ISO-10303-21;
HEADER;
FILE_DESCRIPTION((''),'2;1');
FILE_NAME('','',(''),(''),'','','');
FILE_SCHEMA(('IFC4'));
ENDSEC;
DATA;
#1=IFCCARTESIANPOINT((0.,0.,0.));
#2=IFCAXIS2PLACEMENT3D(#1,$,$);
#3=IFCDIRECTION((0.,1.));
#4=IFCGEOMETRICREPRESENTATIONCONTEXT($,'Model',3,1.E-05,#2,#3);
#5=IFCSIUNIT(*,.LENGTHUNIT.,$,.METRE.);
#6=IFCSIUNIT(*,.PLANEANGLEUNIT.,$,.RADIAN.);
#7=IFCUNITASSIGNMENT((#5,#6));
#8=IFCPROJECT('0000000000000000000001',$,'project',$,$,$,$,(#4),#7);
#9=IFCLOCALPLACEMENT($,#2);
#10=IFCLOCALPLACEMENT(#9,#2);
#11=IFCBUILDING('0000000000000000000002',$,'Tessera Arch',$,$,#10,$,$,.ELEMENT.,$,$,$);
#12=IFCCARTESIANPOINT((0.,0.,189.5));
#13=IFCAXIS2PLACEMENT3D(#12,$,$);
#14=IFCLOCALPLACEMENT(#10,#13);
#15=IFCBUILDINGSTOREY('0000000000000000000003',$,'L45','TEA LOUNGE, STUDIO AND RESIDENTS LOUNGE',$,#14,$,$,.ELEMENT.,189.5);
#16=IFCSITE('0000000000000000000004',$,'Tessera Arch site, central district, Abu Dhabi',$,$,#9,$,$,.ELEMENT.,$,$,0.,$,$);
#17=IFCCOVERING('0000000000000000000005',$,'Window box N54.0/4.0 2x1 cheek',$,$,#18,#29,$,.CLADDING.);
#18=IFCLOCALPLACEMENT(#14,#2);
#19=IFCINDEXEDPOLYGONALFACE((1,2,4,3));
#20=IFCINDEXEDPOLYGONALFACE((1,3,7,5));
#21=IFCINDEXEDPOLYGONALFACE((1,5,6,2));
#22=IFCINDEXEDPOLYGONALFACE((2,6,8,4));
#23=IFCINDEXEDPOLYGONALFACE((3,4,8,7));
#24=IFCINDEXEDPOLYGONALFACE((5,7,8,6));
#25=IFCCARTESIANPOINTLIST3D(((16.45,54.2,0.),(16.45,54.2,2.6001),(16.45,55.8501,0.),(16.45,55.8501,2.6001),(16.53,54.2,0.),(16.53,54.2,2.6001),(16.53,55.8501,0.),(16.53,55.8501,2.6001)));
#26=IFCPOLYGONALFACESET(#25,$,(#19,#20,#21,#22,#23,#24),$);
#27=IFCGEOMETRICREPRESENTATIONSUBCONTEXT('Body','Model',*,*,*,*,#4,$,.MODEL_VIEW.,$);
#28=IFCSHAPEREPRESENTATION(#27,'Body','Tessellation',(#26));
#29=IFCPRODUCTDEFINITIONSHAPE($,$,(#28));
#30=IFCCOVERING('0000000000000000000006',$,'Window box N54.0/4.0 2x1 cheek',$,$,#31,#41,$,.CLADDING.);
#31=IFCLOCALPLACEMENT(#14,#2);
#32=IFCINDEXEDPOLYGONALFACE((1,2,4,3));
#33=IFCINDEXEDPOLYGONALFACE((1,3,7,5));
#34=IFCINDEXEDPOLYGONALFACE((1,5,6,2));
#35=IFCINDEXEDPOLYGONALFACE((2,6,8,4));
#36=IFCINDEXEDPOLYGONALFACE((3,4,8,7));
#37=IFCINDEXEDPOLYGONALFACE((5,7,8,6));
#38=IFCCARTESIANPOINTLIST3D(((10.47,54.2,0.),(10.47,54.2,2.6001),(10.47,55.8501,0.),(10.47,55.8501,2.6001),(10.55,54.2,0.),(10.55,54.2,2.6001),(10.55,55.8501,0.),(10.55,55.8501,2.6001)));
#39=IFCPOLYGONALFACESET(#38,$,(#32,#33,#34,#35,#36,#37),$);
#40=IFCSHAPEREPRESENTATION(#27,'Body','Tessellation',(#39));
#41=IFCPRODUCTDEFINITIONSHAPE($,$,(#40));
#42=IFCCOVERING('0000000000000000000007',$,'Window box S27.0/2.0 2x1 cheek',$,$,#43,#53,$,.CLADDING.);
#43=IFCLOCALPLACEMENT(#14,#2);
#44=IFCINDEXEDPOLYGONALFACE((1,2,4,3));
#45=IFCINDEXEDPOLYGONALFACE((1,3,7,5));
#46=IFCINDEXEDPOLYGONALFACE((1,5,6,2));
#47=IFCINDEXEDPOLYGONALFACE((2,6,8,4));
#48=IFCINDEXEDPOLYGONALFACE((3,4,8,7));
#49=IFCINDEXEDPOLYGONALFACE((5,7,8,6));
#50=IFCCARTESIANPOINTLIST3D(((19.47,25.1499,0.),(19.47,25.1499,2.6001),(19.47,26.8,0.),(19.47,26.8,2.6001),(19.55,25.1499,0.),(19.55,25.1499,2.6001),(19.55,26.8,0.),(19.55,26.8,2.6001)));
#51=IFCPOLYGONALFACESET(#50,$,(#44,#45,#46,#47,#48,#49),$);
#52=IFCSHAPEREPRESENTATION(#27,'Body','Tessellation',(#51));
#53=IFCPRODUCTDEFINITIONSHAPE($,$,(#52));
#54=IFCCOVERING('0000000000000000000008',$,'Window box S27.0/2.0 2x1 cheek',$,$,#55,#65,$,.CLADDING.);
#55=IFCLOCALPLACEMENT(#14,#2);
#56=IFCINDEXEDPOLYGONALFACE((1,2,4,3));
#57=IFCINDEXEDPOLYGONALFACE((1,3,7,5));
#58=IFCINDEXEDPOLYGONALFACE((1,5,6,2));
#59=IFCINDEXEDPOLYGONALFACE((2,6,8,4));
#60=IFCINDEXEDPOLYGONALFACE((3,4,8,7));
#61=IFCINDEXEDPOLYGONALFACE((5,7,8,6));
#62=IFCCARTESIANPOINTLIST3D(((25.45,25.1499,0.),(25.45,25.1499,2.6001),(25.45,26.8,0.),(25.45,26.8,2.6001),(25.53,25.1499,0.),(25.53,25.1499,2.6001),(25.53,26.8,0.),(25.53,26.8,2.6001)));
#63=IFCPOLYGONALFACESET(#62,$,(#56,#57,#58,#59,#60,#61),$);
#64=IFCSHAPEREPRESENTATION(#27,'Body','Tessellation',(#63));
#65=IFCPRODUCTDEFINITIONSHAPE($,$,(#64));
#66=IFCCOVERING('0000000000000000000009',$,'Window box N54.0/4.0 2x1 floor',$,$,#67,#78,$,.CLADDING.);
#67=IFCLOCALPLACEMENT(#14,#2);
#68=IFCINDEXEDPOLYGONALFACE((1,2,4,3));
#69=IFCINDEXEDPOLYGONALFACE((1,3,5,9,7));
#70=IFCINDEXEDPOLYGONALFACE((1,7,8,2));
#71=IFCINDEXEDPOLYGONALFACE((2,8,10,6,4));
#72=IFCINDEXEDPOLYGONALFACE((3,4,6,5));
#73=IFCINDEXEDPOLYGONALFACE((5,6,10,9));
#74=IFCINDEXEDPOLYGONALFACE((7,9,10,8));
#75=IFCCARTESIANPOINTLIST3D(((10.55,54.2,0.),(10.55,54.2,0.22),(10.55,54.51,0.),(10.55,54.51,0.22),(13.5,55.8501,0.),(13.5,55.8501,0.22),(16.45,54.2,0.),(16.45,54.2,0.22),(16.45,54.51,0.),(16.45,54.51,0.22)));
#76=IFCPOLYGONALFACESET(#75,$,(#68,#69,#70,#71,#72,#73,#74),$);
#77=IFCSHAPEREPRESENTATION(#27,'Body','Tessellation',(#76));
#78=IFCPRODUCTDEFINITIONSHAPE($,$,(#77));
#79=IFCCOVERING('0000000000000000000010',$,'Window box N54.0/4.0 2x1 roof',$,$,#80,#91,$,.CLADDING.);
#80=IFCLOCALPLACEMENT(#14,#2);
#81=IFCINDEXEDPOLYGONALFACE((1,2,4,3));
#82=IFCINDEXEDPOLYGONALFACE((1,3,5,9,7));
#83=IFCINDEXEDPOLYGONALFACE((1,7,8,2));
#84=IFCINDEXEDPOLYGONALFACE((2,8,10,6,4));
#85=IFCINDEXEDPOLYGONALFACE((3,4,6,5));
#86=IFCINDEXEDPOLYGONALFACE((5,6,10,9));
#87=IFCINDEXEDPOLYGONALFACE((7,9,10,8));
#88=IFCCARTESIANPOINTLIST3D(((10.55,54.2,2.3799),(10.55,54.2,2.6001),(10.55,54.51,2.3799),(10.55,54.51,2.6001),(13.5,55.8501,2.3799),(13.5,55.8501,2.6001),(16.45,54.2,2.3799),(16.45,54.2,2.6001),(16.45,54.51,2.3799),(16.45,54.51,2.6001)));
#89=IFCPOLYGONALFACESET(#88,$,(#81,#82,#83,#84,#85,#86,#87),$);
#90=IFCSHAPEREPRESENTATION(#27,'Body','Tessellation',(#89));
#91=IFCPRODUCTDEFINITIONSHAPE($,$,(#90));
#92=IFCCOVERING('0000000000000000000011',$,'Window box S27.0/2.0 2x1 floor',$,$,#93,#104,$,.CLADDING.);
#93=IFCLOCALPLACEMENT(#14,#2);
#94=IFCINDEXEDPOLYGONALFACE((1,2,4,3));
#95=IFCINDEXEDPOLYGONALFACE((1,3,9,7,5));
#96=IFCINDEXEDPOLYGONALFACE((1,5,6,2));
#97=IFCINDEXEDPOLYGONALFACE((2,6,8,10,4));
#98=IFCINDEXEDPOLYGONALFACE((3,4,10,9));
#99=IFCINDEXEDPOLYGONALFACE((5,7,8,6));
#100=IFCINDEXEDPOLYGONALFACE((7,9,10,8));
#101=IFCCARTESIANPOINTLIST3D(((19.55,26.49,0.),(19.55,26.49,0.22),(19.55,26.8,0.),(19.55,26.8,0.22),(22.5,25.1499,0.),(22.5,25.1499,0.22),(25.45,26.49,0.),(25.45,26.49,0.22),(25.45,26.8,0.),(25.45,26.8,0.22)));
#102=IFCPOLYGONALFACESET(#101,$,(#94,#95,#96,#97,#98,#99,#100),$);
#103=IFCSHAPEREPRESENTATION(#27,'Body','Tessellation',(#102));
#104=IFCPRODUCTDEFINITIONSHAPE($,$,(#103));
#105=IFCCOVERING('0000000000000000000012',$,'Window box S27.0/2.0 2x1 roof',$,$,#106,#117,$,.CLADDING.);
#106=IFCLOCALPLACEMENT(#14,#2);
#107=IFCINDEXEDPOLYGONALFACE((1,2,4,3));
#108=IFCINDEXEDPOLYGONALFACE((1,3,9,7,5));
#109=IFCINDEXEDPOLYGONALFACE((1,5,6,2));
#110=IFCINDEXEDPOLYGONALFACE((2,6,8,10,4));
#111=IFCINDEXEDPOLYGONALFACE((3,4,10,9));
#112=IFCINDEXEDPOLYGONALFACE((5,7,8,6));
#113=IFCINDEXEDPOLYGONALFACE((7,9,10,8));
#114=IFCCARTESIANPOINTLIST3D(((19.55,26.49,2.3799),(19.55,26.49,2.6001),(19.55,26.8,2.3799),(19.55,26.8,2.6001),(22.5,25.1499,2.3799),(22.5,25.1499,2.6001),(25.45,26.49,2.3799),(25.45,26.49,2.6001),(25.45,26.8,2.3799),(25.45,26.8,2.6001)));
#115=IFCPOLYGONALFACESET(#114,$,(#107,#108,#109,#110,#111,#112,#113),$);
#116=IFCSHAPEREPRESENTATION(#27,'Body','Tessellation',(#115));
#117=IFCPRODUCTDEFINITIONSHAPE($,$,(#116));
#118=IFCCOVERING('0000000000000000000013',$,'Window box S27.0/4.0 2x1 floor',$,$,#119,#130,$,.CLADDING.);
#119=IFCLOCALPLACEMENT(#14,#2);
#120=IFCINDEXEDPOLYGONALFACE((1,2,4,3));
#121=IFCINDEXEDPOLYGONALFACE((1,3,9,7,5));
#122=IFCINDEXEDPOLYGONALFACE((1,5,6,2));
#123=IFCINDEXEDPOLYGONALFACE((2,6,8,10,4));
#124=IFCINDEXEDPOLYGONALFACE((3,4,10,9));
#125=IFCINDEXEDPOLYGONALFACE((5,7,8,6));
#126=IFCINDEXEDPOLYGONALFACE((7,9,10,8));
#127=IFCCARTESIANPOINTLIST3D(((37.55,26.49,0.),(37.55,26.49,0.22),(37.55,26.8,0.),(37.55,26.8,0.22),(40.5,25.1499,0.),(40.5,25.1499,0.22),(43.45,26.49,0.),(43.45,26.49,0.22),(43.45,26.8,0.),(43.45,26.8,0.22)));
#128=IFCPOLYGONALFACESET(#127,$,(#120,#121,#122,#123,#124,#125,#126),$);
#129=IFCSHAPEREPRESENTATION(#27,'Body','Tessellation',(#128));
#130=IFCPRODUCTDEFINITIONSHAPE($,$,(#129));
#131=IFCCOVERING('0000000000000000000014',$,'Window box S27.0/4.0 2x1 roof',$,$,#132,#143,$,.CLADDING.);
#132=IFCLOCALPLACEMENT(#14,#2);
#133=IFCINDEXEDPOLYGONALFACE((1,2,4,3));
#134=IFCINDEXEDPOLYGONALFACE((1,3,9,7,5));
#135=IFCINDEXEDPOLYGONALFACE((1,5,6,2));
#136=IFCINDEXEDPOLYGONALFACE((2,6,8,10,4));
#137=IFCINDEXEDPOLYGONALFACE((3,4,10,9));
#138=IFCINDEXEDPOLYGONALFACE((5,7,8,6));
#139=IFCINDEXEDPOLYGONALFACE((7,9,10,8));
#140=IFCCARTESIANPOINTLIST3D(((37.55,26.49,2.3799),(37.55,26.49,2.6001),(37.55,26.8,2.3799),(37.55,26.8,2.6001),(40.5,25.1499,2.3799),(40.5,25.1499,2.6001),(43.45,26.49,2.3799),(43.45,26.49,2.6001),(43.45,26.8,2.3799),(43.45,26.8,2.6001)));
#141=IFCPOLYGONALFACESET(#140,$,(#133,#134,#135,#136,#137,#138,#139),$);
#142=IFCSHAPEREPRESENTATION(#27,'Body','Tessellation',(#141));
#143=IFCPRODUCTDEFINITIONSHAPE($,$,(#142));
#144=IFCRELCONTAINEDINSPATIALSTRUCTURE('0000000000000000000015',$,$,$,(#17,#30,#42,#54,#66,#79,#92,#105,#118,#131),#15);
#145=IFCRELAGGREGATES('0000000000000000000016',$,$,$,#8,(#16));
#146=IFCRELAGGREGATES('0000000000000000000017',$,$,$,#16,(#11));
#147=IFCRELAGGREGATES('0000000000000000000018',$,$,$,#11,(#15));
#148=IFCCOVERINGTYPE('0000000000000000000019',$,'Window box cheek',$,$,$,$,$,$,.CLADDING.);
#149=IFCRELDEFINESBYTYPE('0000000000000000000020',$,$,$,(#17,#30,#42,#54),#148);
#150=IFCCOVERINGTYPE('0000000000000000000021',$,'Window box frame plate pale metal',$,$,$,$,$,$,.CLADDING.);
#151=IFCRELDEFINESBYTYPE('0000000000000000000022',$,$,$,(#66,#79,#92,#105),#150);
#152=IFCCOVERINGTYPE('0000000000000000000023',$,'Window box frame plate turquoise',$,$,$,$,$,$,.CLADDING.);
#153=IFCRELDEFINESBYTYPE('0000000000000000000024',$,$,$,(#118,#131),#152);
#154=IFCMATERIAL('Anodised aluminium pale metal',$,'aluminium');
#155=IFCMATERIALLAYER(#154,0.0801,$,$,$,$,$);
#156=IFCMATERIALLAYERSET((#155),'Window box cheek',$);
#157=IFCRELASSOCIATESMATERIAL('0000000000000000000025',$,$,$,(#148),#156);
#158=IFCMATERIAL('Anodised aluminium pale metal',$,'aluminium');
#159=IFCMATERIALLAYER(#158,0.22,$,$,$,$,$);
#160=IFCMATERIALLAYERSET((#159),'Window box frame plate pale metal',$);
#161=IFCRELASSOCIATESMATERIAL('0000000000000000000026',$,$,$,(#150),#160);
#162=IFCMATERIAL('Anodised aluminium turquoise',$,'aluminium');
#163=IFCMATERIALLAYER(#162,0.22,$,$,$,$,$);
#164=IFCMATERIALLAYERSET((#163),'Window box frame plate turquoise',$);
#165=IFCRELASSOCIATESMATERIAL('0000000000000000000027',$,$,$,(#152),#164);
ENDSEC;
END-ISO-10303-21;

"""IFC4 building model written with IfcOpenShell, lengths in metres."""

from ifc_helpers import new_model, si_unit, direction, frame, origin, place, context, subcontext, project, spatial, polyline, outline, extrude, material, layer, layer_set, type_object, element, save


model = new_model("IFC4")

# Units and contexts
model_context = context("Model", 3, precision=1e-05, world=origin(), true_north=direction((0.0, 1.0)))
body_context = subcontext(model_context, "Body", "Model", "MODEL_VIEW")
ifc_project = project(units=[si_unit("LENGTHUNIT", "METRE"), si_unit("PLANEANGLEUNIT", "RADIAN")], contexts=[model_context])

# Site, building, storey
site_placement = place(None, origin())
site = spatial("IfcSite", under=ifc_project, at=site_placement, Name="Tessera Arch site, central district, Abu Dhabi", CompositionType="ELEMENT", RefElevation=0.0)
building_placement = place(site_placement, origin())
building = spatial("IfcBuilding", under=site, at=building_placement, Name="Tessera Arch", CompositionType="ELEMENT")
storey_placement = place(building_placement, frame((0.0, 0.0, 189.5)))
storey = spatial("IfcBuildingStorey", under=building, at=storey_placement, Name="L45", Description="TEA LOUNGE, STUDIO AND RESIDENTS LOUNGE", CompositionType="ELEMENT", Elevation=189.5)

# Coverings
ifc_material_1 = material(Name="Anodised aluminium pale metal", Category="aluminium")
ifc_layer_1 = layer(ifc_material_1, 0.0801)
ifc_layer_set_1 = layer_set([ifc_layer_1], Name="Window box cheek")
covering_type_1 = type_object("IfcCoveringType", Name="Window box cheek", PredefinedType="CLADDING", material=ifc_layer_set_1)
covering_1_placement = place(storey_placement, origin())
element("IfcCovering", 1, at=covering_1_placement, inside=storey, type_object=covering_type_1, Name="Window box N54.0/4.0 2x1 cheek", PredefinedType="CLADDING", context=body_context, shape_type="SweptSolid", body=[
    extrude(outline(polyline([(16.53, 55.8501), (16.45, 55.8501), (16.45, 54.2), (16.53, 54.2), (16.53, 55.8501)])), origin(), (0.0, 0.0, 1.0), 2.6001),
])
covering_2_placement = place(storey_placement, origin())
element("IfcCovering", 2, at=covering_2_placement, inside=storey, type_object=covering_type_1, Name="Window box N54.0/4.0 2x1 cheek", PredefinedType="CLADDING", context=body_context, shape_type="SweptSolid", body=[
    extrude(outline(polyline([(10.55, 55.8501), (10.47, 55.8501), (10.47, 54.2), (10.55, 54.2), (10.55, 55.8501)])), origin(), (0.0, 0.0, 1.0), 2.6001),
])
covering_3_placement = place(storey_placement, origin())
element("IfcCovering", 3, at=covering_3_placement, inside=storey, type_object=covering_type_1, Name="Window box S27.0/2.0 2x1 cheek", PredefinedType="CLADDING", context=body_context, shape_type="SweptSolid", body=[
    extrude(outline(polyline([(19.47, 25.1499), (19.55, 25.1499), (19.55, 26.8), (19.47, 26.8), (19.47, 25.1499)])), origin(), (0.0, 0.0, 1.0), 2.6001),
])
covering_4_placement = place(storey_placement, origin())
element("IfcCovering", 4, at=covering_4_placement, inside=storey, type_object=covering_type_1, Name="Window box S27.0/2.0 2x1 cheek", PredefinedType="CLADDING", context=body_context, shape_type="SweptSolid", body=[
    extrude(outline(polyline([(25.45, 25.1499), (25.53, 25.1499), (25.53, 26.8), (25.45, 26.8), (25.45, 25.1499)])), origin(), (0.0, 0.0, 1.0), 2.6001),
])
ifc_material_2 = material(Name="Anodised aluminium pale metal", Category="aluminium")
ifc_layer_2 = layer(ifc_material_2, 0.22)
ifc_layer_set_2 = layer_set([ifc_layer_2], Name="Window box frame plate pale metal")
covering_type_2 = type_object("IfcCoveringType", Name="Window box frame plate pale metal", PredefinedType="CLADDING", material=ifc_layer_set_2)
covering_5_placement = place(storey_placement, origin())
element("IfcCovering", 5, at=covering_5_placement, inside=storey, type_object=covering_type_2, Name="Window box N54.0/4.0 2x1 floor", PredefinedType="CLADDING", context=body_context, shape_type="SweptSolid", body=[
    extrude(outline(polyline([(16.45, 54.51), (13.5, 55.8501), (10.55, 54.51), (10.55, 54.2), (16.45, 54.2), (16.45, 54.51)])), origin(), (0.0, 0.0, 1.0), 0.22),
])
covering_6_placement = place(storey_placement, frame((0.0, 0.0, 2.3799)))
element("IfcCovering", 6, at=covering_6_placement, inside=storey, type_object=covering_type_2, Name="Window box N54.0/4.0 2x1 roof", PredefinedType="CLADDING", context=body_context, shape_type="SweptSolid", body=[
    extrude(outline(polyline([(16.45, 54.51), (13.5, 55.8501), (10.55, 54.51), (10.55, 54.2), (16.45, 54.2), (16.45, 54.51)])), origin(), (0.0, 0.0, 1.0), 0.2202),
])
covering_7_placement = place(storey_placement, origin())
element("IfcCovering", 7, at=covering_7_placement, inside=storey, type_object=covering_type_2, Name="Window box S27.0/2.0 2x1 floor", PredefinedType="CLADDING", context=body_context, shape_type="SweptSolid", body=[
    extrude(outline(polyline([(19.55, 26.49), (22.5, 25.1499), (25.45, 26.49), (25.45, 26.8), (19.55, 26.8), (19.55, 26.49)])), origin(), (0.0, 0.0, 1.0), 0.22),
])
covering_8_placement = place(storey_placement, frame((0.0, 0.0, 2.3799)))
element("IfcCovering", 8, at=covering_8_placement, inside=storey, type_object=covering_type_2, Name="Window box S27.0/2.0 2x1 roof", PredefinedType="CLADDING", context=body_context, shape_type="SweptSolid", body=[
    extrude(outline(polyline([(19.55, 26.49), (22.5, 25.1499), (25.45, 26.49), (25.45, 26.8), (19.55, 26.8), (19.55, 26.49)])), origin(), (0.0, 0.0, 1.0), 0.2202),
])
ifc_material_3 = material(Name="Anodised aluminium turquoise", Category="aluminium")
ifc_layer_3 = layer(ifc_material_3, 0.22)
ifc_layer_set_3 = layer_set([ifc_layer_3], Name="Window box frame plate turquoise")
covering_type_3 = type_object("IfcCoveringType", Name="Window box frame plate turquoise", PredefinedType="CLADDING", material=ifc_layer_set_3)
covering_9_placement = place(storey_placement, origin())
element("IfcCovering", 9, at=covering_9_placement, inside=storey, type_object=covering_type_3, Name="Window box S27.0/4.0 2x1 floor", PredefinedType="CLADDING", context=body_context, shape_type="SweptSolid", body=[
    extrude(outline(polyline([(37.55, 26.49), (40.5, 25.1499), (43.45, 26.49), (43.45, 26.8), (37.55, 26.8), (37.55, 26.49)])), origin(), (0.0, 0.0, 1.0), 0.22),
])
covering_10_placement = place(storey_placement, frame((0.0, 0.0, 2.3799)))
element("IfcCovering", 10, at=covering_10_placement, inside=storey, type_object=covering_type_3, Name="Window box S27.0/4.0 2x1 roof", PredefinedType="CLADDING", context=body_context, shape_type="SweptSolid", body=[
    extrude(outline(polyline([(37.55, 26.49), (40.5, 25.1499), (43.45, 26.49), (43.45, 26.8), (37.55, 26.8), (37.55, 26.49)])), origin(), (0.0, 0.0, 1.0), 0.2202),
])

save(model, "model.ifc")
